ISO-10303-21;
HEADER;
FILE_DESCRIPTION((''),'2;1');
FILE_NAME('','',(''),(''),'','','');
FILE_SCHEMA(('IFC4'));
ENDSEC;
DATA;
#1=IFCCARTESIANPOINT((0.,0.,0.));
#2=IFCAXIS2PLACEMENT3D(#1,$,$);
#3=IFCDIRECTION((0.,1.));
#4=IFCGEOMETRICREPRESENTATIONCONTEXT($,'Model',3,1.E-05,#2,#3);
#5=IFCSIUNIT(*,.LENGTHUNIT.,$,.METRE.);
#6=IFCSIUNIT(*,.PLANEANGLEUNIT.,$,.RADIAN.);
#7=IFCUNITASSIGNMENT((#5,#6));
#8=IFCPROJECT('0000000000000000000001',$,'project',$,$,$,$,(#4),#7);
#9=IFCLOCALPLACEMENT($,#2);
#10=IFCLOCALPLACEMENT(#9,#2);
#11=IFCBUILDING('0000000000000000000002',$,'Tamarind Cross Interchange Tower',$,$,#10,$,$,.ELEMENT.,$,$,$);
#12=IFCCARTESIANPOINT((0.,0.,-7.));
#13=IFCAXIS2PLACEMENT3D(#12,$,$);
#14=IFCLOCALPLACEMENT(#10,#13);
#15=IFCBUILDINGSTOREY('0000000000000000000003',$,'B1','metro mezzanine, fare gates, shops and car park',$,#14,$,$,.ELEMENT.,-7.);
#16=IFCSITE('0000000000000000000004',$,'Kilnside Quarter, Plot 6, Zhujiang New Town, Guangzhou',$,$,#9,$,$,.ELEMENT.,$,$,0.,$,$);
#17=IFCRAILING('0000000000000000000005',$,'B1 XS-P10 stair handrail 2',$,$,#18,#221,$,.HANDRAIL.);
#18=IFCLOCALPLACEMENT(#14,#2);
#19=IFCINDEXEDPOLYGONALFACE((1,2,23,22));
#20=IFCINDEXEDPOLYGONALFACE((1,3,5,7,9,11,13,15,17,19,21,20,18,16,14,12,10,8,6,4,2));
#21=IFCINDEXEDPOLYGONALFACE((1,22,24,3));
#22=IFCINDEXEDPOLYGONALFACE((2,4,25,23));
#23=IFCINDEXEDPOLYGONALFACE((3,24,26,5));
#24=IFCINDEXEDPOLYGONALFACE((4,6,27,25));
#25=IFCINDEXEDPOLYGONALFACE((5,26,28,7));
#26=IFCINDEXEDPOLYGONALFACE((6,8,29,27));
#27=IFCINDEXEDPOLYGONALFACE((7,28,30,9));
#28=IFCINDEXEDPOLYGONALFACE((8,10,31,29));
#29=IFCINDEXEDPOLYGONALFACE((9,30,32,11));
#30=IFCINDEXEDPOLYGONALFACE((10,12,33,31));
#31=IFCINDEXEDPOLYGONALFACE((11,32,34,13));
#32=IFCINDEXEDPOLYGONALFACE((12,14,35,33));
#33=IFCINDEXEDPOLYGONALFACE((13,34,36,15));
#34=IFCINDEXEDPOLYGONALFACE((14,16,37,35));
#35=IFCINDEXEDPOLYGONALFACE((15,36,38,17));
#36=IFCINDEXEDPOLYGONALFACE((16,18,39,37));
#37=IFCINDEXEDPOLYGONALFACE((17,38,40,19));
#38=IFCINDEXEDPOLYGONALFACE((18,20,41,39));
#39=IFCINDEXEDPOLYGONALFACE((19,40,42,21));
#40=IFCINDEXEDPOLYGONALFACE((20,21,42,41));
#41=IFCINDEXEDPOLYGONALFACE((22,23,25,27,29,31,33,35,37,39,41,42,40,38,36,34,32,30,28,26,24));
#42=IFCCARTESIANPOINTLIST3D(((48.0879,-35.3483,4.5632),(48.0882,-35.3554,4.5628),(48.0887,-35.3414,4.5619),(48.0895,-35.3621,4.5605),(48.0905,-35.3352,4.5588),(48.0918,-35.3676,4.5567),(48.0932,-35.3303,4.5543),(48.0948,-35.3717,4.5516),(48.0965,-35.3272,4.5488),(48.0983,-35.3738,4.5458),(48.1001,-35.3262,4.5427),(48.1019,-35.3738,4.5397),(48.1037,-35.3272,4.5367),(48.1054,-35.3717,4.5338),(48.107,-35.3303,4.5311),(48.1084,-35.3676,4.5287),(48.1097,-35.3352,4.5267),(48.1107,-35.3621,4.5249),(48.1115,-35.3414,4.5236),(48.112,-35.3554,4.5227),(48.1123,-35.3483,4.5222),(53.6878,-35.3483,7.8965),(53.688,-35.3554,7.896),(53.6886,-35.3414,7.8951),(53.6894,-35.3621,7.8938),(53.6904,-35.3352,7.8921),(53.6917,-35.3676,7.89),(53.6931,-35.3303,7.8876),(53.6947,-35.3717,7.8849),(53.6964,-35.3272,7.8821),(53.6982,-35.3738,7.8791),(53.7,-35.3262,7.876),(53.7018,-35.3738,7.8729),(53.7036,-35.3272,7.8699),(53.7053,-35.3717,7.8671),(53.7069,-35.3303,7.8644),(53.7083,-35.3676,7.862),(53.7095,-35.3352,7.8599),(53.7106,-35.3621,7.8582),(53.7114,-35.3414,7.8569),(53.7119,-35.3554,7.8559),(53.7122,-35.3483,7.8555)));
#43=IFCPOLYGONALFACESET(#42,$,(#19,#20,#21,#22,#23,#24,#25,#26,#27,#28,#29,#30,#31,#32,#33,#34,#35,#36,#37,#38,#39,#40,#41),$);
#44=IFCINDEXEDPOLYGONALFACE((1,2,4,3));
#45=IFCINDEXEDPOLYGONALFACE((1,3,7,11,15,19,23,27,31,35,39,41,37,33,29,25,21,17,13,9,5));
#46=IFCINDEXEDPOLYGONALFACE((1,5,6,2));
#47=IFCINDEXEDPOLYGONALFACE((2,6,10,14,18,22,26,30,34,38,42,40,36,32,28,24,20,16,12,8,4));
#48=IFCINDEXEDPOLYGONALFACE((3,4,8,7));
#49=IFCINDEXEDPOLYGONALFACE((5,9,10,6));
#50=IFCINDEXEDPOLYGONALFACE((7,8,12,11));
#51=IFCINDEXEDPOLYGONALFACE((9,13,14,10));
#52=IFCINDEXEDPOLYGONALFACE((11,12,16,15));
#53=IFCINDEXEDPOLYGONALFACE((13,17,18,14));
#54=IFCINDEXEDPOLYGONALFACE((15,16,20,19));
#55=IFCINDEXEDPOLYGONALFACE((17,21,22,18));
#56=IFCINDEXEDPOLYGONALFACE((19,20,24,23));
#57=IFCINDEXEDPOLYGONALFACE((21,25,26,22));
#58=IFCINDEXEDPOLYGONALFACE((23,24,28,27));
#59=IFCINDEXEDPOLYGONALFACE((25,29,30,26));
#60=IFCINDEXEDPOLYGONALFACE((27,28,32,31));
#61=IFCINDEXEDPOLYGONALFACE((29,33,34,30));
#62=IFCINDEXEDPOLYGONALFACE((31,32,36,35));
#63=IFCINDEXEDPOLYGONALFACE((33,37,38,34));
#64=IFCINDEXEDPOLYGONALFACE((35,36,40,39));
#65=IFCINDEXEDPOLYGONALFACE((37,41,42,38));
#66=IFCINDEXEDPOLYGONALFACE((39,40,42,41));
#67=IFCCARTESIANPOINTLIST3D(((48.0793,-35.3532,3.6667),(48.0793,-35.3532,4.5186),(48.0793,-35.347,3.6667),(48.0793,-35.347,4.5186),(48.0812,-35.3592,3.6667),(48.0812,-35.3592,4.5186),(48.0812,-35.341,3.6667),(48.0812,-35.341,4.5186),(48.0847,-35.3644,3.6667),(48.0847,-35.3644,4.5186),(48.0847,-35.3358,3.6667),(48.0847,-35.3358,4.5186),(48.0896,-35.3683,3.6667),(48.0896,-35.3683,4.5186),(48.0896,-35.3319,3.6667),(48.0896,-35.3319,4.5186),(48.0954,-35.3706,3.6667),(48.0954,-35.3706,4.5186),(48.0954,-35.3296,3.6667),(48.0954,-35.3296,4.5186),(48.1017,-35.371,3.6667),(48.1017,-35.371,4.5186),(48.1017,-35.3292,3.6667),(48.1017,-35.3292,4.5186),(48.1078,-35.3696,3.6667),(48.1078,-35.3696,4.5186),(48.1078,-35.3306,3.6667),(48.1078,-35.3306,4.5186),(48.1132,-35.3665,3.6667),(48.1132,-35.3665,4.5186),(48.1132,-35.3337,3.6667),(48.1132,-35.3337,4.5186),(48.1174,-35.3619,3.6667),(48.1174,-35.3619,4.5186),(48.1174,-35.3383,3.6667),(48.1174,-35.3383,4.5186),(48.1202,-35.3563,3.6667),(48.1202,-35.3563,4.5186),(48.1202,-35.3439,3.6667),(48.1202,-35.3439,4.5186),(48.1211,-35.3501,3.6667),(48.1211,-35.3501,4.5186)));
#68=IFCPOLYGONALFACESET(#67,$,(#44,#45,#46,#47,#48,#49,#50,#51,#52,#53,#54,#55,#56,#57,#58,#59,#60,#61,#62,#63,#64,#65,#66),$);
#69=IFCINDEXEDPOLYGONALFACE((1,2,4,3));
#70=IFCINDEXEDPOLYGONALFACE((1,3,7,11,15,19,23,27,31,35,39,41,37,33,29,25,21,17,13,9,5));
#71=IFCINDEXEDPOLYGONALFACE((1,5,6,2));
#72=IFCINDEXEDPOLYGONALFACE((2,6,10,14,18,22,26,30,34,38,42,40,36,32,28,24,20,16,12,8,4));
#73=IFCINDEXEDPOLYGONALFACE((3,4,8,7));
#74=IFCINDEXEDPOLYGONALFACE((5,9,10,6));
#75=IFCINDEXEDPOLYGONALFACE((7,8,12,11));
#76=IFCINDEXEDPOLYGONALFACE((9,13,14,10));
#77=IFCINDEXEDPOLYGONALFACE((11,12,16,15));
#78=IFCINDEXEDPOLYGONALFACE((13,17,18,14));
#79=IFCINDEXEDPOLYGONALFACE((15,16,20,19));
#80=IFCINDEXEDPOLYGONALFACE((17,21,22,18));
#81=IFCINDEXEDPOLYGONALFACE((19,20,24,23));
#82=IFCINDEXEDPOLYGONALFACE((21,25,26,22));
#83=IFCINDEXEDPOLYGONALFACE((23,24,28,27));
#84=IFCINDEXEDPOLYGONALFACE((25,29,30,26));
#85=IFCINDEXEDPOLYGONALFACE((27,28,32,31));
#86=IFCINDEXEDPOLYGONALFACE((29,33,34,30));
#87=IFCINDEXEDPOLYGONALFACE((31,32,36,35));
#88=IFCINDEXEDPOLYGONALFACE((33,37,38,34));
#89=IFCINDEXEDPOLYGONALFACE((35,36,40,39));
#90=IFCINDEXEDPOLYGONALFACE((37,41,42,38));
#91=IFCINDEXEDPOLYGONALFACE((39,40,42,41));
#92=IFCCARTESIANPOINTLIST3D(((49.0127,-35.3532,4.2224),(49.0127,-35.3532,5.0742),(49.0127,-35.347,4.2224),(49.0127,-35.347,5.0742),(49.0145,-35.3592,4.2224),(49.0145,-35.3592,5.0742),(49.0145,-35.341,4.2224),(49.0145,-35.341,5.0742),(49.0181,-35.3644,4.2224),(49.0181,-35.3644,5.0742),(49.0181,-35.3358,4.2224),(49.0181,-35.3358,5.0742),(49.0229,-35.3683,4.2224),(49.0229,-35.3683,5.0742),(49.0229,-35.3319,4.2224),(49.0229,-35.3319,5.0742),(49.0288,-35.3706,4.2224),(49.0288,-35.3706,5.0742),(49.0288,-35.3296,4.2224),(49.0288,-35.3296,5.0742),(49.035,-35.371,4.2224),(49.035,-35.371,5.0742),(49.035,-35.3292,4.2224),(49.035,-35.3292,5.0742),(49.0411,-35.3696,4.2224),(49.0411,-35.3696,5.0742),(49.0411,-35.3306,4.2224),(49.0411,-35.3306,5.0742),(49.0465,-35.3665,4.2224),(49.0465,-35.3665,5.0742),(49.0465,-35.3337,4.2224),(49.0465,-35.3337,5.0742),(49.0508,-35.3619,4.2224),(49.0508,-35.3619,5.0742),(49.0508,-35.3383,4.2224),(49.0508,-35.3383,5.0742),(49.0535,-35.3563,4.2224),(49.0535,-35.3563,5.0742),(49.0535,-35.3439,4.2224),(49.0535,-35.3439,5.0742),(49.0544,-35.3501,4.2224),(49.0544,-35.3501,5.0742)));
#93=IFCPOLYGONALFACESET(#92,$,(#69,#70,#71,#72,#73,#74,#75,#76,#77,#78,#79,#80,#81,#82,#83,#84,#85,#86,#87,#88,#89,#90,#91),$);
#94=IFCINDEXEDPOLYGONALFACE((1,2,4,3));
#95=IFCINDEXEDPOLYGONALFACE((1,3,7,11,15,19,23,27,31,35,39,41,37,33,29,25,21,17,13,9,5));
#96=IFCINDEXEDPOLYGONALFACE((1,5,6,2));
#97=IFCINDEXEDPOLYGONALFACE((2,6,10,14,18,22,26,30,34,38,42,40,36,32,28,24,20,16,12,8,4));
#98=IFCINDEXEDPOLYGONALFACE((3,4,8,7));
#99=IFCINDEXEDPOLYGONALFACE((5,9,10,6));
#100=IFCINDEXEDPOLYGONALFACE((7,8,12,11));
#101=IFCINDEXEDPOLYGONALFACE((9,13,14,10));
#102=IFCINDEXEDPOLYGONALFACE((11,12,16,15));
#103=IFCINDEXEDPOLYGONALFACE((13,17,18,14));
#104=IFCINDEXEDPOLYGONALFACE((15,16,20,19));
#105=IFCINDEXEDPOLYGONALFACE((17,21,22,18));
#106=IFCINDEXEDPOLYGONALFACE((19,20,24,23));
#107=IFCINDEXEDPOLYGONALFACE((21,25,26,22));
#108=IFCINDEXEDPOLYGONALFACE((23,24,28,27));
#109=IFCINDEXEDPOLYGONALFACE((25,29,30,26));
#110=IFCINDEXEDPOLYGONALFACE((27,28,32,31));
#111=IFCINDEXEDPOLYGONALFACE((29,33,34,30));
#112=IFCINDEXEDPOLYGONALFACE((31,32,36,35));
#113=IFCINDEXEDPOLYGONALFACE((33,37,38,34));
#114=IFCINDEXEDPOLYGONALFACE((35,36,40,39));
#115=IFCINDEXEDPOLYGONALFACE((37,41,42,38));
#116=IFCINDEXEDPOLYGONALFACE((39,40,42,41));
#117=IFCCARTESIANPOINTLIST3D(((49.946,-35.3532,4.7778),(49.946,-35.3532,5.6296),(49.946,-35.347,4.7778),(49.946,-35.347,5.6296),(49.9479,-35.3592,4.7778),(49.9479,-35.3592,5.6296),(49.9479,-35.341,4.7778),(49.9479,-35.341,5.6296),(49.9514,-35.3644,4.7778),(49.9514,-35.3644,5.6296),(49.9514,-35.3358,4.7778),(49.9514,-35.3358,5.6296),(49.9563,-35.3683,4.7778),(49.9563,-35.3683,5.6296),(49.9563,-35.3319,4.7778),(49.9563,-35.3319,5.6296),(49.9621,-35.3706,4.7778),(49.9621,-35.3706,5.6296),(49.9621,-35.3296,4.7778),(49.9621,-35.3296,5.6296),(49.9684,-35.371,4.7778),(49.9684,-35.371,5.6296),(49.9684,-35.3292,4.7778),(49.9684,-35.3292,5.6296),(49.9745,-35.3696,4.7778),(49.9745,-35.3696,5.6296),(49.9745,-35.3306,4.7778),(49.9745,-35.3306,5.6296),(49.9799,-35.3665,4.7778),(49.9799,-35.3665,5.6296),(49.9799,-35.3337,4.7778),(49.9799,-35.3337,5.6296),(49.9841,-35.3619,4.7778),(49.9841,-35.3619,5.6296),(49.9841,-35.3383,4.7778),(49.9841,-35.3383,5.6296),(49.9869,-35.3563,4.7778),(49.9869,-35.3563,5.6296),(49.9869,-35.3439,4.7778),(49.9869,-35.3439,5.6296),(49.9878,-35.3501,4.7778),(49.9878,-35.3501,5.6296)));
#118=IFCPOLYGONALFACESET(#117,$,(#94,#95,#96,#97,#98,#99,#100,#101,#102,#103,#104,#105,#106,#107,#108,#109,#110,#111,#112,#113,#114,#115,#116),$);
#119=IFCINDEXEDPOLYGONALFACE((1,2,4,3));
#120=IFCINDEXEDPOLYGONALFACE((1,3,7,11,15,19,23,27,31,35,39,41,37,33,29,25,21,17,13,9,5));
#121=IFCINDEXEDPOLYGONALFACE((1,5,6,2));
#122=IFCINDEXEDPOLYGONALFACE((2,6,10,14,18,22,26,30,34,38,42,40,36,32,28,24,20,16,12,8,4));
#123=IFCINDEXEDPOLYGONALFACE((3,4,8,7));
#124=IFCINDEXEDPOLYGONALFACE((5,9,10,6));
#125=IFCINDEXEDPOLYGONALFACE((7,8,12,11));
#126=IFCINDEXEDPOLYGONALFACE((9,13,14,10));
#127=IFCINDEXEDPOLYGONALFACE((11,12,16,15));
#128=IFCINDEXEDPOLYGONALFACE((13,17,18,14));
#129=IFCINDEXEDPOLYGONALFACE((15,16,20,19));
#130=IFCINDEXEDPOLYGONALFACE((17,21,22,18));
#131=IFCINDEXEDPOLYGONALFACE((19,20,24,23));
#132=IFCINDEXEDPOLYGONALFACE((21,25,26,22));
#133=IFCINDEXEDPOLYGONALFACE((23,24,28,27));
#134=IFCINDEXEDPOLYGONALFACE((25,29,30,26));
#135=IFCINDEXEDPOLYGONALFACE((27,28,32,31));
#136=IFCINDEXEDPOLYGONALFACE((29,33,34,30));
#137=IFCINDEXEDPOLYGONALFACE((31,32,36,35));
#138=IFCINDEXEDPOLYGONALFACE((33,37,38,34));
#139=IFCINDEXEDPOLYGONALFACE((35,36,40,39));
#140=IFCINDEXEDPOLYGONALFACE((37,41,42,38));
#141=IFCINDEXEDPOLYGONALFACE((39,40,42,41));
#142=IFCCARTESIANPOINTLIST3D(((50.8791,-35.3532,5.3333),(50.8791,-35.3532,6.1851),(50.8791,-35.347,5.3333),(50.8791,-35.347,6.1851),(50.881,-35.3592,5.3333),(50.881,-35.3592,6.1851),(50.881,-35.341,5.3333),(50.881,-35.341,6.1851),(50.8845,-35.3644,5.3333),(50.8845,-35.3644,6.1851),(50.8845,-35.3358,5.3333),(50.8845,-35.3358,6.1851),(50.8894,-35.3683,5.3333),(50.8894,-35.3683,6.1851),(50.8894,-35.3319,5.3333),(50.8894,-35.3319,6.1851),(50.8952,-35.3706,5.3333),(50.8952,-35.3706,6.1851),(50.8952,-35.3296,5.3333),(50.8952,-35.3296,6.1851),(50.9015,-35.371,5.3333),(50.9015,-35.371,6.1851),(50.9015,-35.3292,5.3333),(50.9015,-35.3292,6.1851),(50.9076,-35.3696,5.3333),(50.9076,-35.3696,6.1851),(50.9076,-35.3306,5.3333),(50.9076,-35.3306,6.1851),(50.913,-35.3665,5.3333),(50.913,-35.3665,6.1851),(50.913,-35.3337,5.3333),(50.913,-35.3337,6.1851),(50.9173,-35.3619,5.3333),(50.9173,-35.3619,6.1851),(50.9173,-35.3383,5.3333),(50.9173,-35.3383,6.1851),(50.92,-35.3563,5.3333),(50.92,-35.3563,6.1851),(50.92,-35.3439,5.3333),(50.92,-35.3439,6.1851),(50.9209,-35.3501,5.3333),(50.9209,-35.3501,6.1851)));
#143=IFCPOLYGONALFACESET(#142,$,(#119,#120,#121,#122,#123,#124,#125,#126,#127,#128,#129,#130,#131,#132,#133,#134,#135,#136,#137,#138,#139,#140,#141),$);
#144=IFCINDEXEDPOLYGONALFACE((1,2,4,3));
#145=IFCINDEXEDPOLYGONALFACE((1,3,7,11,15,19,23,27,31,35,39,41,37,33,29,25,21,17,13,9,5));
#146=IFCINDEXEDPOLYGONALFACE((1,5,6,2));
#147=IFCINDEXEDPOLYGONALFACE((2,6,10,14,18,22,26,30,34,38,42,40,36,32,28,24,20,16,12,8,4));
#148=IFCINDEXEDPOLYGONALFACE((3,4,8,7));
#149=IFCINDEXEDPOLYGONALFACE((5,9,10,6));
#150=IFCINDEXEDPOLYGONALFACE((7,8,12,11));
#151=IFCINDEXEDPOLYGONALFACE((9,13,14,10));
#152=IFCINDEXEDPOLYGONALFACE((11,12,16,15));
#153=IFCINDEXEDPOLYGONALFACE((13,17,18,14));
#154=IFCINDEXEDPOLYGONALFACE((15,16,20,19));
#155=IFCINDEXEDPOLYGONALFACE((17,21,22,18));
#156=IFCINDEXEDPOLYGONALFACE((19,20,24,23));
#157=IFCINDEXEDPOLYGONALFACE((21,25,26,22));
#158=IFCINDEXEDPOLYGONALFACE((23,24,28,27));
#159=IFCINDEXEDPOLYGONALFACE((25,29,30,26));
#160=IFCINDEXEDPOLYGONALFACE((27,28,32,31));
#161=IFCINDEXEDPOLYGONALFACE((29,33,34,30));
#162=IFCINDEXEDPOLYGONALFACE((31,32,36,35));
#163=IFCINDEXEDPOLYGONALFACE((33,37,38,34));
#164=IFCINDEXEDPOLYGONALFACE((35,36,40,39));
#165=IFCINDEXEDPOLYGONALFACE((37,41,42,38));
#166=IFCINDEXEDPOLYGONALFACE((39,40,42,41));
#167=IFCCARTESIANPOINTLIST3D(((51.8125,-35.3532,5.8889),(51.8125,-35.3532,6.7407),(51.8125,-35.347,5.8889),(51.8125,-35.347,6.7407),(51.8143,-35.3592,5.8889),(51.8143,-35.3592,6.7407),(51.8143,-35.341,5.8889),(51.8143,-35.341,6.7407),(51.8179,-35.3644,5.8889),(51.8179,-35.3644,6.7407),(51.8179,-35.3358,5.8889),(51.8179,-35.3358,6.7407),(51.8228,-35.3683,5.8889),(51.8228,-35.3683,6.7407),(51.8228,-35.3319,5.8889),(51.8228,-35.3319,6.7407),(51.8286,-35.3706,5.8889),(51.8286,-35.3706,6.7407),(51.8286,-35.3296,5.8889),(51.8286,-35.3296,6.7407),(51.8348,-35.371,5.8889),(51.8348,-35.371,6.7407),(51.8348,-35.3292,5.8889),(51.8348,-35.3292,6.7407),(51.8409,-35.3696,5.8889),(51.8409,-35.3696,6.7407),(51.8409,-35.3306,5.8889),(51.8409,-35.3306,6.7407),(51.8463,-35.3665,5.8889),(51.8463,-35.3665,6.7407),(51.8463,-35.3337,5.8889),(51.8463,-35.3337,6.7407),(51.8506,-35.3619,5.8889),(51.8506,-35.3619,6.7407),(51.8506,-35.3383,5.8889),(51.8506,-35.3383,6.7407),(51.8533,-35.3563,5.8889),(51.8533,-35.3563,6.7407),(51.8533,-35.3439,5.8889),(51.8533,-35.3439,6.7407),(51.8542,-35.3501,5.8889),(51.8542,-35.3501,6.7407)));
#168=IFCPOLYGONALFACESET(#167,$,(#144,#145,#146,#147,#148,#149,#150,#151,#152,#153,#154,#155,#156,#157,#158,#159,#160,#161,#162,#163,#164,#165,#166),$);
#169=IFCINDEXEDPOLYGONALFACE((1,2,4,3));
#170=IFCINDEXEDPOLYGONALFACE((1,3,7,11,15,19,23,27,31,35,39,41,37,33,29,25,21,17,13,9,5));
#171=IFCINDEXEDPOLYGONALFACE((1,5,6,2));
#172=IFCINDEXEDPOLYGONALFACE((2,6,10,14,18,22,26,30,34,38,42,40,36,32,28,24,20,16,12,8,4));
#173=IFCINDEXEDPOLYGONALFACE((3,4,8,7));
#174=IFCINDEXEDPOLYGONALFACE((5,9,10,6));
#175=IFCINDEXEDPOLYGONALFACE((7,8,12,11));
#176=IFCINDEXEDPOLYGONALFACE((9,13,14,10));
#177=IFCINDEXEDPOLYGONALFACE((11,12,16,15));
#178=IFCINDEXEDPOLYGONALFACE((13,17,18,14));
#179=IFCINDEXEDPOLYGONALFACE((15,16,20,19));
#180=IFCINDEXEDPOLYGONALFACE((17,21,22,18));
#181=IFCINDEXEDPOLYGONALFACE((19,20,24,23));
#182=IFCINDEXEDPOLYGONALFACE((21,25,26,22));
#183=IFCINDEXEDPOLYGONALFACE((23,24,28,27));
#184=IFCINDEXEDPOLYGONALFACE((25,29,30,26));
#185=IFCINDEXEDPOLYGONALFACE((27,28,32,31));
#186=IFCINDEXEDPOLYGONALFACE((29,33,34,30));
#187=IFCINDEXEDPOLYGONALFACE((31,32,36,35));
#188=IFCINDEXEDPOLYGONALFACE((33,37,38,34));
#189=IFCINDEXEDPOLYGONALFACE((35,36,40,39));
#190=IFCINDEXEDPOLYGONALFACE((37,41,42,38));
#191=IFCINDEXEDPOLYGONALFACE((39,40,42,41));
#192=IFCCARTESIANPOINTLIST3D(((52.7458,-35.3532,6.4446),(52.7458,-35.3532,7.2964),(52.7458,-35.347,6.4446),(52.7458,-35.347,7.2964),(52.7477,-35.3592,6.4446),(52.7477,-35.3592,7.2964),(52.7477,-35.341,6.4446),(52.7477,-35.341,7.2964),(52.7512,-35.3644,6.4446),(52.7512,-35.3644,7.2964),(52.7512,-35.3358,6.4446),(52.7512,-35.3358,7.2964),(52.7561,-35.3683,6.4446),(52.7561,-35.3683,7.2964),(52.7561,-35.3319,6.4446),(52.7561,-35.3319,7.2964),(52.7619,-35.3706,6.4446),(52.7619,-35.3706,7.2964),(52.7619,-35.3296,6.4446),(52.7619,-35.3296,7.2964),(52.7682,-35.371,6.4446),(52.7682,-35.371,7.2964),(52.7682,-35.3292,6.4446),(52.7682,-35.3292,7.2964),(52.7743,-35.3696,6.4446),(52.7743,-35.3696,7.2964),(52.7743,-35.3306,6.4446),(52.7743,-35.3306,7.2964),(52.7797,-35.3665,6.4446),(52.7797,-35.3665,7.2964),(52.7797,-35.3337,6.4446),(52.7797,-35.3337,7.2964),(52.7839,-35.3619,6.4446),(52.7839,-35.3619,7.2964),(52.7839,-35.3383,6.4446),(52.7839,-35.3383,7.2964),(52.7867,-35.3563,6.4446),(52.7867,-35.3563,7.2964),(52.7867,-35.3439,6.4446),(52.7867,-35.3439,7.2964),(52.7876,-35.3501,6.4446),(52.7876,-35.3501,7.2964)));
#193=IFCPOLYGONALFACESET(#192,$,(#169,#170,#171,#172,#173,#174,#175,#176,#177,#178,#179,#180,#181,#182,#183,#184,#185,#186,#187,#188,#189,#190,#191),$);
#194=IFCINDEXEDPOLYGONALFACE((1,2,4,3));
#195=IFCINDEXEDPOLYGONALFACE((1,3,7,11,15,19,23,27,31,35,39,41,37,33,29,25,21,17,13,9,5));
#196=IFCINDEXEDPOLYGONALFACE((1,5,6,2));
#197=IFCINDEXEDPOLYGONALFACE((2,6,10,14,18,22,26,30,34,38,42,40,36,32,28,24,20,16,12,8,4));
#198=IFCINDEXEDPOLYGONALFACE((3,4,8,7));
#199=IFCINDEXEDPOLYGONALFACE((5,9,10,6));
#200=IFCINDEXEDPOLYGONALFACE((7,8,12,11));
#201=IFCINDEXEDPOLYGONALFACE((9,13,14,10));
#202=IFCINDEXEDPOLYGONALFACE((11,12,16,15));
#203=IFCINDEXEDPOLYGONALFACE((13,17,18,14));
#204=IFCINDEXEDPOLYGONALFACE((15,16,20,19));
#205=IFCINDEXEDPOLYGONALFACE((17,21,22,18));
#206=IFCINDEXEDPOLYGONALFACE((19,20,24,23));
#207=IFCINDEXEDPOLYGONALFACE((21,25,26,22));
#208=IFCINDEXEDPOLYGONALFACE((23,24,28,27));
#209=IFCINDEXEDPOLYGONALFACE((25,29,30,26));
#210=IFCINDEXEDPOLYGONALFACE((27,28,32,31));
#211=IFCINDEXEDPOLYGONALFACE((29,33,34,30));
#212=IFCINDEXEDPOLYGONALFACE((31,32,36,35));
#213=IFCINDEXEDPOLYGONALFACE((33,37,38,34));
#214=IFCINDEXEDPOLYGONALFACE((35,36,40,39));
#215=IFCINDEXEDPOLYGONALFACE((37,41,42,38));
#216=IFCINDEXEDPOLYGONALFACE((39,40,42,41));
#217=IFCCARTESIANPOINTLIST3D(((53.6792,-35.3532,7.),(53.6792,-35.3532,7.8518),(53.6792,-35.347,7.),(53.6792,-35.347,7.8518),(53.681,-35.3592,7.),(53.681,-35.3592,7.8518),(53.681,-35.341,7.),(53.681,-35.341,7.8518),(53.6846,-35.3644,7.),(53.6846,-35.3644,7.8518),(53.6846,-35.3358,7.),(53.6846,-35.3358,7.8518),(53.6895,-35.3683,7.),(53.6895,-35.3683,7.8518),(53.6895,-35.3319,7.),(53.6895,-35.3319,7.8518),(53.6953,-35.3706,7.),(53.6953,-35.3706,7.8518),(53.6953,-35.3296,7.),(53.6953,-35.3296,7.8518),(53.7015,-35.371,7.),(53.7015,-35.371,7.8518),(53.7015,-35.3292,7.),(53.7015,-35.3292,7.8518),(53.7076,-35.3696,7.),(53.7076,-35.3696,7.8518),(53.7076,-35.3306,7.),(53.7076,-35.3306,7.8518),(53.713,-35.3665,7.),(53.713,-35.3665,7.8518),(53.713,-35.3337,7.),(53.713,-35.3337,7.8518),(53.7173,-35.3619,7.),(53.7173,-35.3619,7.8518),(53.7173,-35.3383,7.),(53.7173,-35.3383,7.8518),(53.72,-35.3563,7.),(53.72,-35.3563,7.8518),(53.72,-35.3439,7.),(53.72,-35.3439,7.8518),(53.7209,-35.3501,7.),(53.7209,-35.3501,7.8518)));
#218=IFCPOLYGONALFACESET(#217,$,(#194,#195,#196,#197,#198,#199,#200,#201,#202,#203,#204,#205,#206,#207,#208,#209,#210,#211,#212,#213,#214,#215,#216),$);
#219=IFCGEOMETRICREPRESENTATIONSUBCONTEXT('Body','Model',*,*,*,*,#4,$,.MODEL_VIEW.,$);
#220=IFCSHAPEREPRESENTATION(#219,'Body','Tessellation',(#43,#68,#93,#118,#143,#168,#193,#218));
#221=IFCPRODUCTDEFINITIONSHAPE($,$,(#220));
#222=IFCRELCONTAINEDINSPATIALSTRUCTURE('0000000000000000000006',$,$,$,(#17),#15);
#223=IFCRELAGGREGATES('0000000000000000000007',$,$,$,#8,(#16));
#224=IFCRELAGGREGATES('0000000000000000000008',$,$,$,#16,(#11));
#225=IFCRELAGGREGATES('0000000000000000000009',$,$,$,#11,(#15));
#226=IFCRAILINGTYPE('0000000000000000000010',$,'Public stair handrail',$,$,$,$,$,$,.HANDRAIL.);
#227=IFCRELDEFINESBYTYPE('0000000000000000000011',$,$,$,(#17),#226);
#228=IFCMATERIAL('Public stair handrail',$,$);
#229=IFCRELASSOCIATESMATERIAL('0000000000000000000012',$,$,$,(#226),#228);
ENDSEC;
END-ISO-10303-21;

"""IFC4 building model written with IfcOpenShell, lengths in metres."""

from ifc_helpers import new_model, si_unit, direction, frame, origin, origin_2d, place, context, subcontext, project, spatial, circle, extrude, material, type_object, element, save


model = new_model("IFC4")

# Units and contexts
model_context = context("Model", 3, precision=1e-05, world=origin(), true_north=direction((0.0, 1.0)))
body_context = subcontext(model_context, "Body", "Model", "MODEL_VIEW")
ifc_project = project(units=[si_unit("LENGTHUNIT", "METRE"), si_unit("PLANEANGLEUNIT", "RADIAN")], contexts=[model_context])

# Site, building, storey
site_placement = place(None, origin())
site = spatial("IfcSite", under=ifc_project, at=site_placement, Name="Kilnside Quarter, Plot 6, Zhujiang New Town, Guangzhou", CompositionType="ELEMENT", RefElevation=0.0)
building_placement = place(site_placement, origin())
building = spatial("IfcBuilding", under=site, at=building_placement, Name="Tamarind Cross Interchange Tower", CompositionType="ELEMENT")
storey_placement = place(building_placement, frame((0.0, 0.0, -7.0)))
storey = spatial("IfcBuildingStorey", under=building, at=storey_placement, Name="B1", Description="metro mezzanine, fare gates, shops and car park", CompositionType="ELEMENT", Elevation=-7.0)

# Railing
ifc_material_1 = material(Name="Public stair handrail")
railing_type_1 = type_object("IfcRailingType", Name="Public stair handrail", PredefinedType="HANDRAIL", material=ifc_material_1)
railing_1_placement = place(storey_placement, frame((48.1001, -35.3501, 3.6667)))
element("IfcRailing", 1, at=railing_1_placement, inside=storey, type_object=railing_type_1, Name="B1 XS-P10 stair handrail 2", PredefinedType="HANDRAIL", context=body_context, shape_type="SweptSolid", body=[
    extrude(circle(Radius=0.0239, at=origin_2d()), frame((0.0, 0.0, 0.876), z_axis=(0.859292, 0.0, 0.511485), x_axis=(0.0, 1.0, 0.0)), (0.0, 0.0, 1.0), 6.5168),
    extrude(circle(Radius=0.021, at=origin_2d()), origin(), (0.0, 0.0, 1.0), 0.8518),
    extrude(circle(Radius=0.021, at=origin_2d()), frame((0.9333, 0.0, 0.5557)), (0.0, 0.0, 1.0), 0.8518),
    extrude(circle(Radius=0.021, at=origin_2d()), frame((1.8667, 0.0, 1.1111)), (0.0, 0.0, 1.0), 0.8518),
    extrude(circle(Radius=0.021, at=origin_2d()), frame((2.7998, 0.0, 1.6665)), (0.0, 0.0, 1.0), 0.8518),
    extrude(circle(Radius=0.021, at=origin_2d()), frame((3.7332, 0.0, 2.2222)), (0.0, 0.0, 1.0), 0.8518),
    extrude(circle(Radius=0.021, at=origin_2d()), frame((4.6665, 0.0, 2.7778)), (0.0, 0.0, 1.0), 0.8518),
    extrude(circle(Radius=0.021, at=origin_2d()), frame((5.5999, 0.0, 3.3333)), (0.0, 0.0, 1.0), 0.8518),
])

save(model, "model.ifc")
